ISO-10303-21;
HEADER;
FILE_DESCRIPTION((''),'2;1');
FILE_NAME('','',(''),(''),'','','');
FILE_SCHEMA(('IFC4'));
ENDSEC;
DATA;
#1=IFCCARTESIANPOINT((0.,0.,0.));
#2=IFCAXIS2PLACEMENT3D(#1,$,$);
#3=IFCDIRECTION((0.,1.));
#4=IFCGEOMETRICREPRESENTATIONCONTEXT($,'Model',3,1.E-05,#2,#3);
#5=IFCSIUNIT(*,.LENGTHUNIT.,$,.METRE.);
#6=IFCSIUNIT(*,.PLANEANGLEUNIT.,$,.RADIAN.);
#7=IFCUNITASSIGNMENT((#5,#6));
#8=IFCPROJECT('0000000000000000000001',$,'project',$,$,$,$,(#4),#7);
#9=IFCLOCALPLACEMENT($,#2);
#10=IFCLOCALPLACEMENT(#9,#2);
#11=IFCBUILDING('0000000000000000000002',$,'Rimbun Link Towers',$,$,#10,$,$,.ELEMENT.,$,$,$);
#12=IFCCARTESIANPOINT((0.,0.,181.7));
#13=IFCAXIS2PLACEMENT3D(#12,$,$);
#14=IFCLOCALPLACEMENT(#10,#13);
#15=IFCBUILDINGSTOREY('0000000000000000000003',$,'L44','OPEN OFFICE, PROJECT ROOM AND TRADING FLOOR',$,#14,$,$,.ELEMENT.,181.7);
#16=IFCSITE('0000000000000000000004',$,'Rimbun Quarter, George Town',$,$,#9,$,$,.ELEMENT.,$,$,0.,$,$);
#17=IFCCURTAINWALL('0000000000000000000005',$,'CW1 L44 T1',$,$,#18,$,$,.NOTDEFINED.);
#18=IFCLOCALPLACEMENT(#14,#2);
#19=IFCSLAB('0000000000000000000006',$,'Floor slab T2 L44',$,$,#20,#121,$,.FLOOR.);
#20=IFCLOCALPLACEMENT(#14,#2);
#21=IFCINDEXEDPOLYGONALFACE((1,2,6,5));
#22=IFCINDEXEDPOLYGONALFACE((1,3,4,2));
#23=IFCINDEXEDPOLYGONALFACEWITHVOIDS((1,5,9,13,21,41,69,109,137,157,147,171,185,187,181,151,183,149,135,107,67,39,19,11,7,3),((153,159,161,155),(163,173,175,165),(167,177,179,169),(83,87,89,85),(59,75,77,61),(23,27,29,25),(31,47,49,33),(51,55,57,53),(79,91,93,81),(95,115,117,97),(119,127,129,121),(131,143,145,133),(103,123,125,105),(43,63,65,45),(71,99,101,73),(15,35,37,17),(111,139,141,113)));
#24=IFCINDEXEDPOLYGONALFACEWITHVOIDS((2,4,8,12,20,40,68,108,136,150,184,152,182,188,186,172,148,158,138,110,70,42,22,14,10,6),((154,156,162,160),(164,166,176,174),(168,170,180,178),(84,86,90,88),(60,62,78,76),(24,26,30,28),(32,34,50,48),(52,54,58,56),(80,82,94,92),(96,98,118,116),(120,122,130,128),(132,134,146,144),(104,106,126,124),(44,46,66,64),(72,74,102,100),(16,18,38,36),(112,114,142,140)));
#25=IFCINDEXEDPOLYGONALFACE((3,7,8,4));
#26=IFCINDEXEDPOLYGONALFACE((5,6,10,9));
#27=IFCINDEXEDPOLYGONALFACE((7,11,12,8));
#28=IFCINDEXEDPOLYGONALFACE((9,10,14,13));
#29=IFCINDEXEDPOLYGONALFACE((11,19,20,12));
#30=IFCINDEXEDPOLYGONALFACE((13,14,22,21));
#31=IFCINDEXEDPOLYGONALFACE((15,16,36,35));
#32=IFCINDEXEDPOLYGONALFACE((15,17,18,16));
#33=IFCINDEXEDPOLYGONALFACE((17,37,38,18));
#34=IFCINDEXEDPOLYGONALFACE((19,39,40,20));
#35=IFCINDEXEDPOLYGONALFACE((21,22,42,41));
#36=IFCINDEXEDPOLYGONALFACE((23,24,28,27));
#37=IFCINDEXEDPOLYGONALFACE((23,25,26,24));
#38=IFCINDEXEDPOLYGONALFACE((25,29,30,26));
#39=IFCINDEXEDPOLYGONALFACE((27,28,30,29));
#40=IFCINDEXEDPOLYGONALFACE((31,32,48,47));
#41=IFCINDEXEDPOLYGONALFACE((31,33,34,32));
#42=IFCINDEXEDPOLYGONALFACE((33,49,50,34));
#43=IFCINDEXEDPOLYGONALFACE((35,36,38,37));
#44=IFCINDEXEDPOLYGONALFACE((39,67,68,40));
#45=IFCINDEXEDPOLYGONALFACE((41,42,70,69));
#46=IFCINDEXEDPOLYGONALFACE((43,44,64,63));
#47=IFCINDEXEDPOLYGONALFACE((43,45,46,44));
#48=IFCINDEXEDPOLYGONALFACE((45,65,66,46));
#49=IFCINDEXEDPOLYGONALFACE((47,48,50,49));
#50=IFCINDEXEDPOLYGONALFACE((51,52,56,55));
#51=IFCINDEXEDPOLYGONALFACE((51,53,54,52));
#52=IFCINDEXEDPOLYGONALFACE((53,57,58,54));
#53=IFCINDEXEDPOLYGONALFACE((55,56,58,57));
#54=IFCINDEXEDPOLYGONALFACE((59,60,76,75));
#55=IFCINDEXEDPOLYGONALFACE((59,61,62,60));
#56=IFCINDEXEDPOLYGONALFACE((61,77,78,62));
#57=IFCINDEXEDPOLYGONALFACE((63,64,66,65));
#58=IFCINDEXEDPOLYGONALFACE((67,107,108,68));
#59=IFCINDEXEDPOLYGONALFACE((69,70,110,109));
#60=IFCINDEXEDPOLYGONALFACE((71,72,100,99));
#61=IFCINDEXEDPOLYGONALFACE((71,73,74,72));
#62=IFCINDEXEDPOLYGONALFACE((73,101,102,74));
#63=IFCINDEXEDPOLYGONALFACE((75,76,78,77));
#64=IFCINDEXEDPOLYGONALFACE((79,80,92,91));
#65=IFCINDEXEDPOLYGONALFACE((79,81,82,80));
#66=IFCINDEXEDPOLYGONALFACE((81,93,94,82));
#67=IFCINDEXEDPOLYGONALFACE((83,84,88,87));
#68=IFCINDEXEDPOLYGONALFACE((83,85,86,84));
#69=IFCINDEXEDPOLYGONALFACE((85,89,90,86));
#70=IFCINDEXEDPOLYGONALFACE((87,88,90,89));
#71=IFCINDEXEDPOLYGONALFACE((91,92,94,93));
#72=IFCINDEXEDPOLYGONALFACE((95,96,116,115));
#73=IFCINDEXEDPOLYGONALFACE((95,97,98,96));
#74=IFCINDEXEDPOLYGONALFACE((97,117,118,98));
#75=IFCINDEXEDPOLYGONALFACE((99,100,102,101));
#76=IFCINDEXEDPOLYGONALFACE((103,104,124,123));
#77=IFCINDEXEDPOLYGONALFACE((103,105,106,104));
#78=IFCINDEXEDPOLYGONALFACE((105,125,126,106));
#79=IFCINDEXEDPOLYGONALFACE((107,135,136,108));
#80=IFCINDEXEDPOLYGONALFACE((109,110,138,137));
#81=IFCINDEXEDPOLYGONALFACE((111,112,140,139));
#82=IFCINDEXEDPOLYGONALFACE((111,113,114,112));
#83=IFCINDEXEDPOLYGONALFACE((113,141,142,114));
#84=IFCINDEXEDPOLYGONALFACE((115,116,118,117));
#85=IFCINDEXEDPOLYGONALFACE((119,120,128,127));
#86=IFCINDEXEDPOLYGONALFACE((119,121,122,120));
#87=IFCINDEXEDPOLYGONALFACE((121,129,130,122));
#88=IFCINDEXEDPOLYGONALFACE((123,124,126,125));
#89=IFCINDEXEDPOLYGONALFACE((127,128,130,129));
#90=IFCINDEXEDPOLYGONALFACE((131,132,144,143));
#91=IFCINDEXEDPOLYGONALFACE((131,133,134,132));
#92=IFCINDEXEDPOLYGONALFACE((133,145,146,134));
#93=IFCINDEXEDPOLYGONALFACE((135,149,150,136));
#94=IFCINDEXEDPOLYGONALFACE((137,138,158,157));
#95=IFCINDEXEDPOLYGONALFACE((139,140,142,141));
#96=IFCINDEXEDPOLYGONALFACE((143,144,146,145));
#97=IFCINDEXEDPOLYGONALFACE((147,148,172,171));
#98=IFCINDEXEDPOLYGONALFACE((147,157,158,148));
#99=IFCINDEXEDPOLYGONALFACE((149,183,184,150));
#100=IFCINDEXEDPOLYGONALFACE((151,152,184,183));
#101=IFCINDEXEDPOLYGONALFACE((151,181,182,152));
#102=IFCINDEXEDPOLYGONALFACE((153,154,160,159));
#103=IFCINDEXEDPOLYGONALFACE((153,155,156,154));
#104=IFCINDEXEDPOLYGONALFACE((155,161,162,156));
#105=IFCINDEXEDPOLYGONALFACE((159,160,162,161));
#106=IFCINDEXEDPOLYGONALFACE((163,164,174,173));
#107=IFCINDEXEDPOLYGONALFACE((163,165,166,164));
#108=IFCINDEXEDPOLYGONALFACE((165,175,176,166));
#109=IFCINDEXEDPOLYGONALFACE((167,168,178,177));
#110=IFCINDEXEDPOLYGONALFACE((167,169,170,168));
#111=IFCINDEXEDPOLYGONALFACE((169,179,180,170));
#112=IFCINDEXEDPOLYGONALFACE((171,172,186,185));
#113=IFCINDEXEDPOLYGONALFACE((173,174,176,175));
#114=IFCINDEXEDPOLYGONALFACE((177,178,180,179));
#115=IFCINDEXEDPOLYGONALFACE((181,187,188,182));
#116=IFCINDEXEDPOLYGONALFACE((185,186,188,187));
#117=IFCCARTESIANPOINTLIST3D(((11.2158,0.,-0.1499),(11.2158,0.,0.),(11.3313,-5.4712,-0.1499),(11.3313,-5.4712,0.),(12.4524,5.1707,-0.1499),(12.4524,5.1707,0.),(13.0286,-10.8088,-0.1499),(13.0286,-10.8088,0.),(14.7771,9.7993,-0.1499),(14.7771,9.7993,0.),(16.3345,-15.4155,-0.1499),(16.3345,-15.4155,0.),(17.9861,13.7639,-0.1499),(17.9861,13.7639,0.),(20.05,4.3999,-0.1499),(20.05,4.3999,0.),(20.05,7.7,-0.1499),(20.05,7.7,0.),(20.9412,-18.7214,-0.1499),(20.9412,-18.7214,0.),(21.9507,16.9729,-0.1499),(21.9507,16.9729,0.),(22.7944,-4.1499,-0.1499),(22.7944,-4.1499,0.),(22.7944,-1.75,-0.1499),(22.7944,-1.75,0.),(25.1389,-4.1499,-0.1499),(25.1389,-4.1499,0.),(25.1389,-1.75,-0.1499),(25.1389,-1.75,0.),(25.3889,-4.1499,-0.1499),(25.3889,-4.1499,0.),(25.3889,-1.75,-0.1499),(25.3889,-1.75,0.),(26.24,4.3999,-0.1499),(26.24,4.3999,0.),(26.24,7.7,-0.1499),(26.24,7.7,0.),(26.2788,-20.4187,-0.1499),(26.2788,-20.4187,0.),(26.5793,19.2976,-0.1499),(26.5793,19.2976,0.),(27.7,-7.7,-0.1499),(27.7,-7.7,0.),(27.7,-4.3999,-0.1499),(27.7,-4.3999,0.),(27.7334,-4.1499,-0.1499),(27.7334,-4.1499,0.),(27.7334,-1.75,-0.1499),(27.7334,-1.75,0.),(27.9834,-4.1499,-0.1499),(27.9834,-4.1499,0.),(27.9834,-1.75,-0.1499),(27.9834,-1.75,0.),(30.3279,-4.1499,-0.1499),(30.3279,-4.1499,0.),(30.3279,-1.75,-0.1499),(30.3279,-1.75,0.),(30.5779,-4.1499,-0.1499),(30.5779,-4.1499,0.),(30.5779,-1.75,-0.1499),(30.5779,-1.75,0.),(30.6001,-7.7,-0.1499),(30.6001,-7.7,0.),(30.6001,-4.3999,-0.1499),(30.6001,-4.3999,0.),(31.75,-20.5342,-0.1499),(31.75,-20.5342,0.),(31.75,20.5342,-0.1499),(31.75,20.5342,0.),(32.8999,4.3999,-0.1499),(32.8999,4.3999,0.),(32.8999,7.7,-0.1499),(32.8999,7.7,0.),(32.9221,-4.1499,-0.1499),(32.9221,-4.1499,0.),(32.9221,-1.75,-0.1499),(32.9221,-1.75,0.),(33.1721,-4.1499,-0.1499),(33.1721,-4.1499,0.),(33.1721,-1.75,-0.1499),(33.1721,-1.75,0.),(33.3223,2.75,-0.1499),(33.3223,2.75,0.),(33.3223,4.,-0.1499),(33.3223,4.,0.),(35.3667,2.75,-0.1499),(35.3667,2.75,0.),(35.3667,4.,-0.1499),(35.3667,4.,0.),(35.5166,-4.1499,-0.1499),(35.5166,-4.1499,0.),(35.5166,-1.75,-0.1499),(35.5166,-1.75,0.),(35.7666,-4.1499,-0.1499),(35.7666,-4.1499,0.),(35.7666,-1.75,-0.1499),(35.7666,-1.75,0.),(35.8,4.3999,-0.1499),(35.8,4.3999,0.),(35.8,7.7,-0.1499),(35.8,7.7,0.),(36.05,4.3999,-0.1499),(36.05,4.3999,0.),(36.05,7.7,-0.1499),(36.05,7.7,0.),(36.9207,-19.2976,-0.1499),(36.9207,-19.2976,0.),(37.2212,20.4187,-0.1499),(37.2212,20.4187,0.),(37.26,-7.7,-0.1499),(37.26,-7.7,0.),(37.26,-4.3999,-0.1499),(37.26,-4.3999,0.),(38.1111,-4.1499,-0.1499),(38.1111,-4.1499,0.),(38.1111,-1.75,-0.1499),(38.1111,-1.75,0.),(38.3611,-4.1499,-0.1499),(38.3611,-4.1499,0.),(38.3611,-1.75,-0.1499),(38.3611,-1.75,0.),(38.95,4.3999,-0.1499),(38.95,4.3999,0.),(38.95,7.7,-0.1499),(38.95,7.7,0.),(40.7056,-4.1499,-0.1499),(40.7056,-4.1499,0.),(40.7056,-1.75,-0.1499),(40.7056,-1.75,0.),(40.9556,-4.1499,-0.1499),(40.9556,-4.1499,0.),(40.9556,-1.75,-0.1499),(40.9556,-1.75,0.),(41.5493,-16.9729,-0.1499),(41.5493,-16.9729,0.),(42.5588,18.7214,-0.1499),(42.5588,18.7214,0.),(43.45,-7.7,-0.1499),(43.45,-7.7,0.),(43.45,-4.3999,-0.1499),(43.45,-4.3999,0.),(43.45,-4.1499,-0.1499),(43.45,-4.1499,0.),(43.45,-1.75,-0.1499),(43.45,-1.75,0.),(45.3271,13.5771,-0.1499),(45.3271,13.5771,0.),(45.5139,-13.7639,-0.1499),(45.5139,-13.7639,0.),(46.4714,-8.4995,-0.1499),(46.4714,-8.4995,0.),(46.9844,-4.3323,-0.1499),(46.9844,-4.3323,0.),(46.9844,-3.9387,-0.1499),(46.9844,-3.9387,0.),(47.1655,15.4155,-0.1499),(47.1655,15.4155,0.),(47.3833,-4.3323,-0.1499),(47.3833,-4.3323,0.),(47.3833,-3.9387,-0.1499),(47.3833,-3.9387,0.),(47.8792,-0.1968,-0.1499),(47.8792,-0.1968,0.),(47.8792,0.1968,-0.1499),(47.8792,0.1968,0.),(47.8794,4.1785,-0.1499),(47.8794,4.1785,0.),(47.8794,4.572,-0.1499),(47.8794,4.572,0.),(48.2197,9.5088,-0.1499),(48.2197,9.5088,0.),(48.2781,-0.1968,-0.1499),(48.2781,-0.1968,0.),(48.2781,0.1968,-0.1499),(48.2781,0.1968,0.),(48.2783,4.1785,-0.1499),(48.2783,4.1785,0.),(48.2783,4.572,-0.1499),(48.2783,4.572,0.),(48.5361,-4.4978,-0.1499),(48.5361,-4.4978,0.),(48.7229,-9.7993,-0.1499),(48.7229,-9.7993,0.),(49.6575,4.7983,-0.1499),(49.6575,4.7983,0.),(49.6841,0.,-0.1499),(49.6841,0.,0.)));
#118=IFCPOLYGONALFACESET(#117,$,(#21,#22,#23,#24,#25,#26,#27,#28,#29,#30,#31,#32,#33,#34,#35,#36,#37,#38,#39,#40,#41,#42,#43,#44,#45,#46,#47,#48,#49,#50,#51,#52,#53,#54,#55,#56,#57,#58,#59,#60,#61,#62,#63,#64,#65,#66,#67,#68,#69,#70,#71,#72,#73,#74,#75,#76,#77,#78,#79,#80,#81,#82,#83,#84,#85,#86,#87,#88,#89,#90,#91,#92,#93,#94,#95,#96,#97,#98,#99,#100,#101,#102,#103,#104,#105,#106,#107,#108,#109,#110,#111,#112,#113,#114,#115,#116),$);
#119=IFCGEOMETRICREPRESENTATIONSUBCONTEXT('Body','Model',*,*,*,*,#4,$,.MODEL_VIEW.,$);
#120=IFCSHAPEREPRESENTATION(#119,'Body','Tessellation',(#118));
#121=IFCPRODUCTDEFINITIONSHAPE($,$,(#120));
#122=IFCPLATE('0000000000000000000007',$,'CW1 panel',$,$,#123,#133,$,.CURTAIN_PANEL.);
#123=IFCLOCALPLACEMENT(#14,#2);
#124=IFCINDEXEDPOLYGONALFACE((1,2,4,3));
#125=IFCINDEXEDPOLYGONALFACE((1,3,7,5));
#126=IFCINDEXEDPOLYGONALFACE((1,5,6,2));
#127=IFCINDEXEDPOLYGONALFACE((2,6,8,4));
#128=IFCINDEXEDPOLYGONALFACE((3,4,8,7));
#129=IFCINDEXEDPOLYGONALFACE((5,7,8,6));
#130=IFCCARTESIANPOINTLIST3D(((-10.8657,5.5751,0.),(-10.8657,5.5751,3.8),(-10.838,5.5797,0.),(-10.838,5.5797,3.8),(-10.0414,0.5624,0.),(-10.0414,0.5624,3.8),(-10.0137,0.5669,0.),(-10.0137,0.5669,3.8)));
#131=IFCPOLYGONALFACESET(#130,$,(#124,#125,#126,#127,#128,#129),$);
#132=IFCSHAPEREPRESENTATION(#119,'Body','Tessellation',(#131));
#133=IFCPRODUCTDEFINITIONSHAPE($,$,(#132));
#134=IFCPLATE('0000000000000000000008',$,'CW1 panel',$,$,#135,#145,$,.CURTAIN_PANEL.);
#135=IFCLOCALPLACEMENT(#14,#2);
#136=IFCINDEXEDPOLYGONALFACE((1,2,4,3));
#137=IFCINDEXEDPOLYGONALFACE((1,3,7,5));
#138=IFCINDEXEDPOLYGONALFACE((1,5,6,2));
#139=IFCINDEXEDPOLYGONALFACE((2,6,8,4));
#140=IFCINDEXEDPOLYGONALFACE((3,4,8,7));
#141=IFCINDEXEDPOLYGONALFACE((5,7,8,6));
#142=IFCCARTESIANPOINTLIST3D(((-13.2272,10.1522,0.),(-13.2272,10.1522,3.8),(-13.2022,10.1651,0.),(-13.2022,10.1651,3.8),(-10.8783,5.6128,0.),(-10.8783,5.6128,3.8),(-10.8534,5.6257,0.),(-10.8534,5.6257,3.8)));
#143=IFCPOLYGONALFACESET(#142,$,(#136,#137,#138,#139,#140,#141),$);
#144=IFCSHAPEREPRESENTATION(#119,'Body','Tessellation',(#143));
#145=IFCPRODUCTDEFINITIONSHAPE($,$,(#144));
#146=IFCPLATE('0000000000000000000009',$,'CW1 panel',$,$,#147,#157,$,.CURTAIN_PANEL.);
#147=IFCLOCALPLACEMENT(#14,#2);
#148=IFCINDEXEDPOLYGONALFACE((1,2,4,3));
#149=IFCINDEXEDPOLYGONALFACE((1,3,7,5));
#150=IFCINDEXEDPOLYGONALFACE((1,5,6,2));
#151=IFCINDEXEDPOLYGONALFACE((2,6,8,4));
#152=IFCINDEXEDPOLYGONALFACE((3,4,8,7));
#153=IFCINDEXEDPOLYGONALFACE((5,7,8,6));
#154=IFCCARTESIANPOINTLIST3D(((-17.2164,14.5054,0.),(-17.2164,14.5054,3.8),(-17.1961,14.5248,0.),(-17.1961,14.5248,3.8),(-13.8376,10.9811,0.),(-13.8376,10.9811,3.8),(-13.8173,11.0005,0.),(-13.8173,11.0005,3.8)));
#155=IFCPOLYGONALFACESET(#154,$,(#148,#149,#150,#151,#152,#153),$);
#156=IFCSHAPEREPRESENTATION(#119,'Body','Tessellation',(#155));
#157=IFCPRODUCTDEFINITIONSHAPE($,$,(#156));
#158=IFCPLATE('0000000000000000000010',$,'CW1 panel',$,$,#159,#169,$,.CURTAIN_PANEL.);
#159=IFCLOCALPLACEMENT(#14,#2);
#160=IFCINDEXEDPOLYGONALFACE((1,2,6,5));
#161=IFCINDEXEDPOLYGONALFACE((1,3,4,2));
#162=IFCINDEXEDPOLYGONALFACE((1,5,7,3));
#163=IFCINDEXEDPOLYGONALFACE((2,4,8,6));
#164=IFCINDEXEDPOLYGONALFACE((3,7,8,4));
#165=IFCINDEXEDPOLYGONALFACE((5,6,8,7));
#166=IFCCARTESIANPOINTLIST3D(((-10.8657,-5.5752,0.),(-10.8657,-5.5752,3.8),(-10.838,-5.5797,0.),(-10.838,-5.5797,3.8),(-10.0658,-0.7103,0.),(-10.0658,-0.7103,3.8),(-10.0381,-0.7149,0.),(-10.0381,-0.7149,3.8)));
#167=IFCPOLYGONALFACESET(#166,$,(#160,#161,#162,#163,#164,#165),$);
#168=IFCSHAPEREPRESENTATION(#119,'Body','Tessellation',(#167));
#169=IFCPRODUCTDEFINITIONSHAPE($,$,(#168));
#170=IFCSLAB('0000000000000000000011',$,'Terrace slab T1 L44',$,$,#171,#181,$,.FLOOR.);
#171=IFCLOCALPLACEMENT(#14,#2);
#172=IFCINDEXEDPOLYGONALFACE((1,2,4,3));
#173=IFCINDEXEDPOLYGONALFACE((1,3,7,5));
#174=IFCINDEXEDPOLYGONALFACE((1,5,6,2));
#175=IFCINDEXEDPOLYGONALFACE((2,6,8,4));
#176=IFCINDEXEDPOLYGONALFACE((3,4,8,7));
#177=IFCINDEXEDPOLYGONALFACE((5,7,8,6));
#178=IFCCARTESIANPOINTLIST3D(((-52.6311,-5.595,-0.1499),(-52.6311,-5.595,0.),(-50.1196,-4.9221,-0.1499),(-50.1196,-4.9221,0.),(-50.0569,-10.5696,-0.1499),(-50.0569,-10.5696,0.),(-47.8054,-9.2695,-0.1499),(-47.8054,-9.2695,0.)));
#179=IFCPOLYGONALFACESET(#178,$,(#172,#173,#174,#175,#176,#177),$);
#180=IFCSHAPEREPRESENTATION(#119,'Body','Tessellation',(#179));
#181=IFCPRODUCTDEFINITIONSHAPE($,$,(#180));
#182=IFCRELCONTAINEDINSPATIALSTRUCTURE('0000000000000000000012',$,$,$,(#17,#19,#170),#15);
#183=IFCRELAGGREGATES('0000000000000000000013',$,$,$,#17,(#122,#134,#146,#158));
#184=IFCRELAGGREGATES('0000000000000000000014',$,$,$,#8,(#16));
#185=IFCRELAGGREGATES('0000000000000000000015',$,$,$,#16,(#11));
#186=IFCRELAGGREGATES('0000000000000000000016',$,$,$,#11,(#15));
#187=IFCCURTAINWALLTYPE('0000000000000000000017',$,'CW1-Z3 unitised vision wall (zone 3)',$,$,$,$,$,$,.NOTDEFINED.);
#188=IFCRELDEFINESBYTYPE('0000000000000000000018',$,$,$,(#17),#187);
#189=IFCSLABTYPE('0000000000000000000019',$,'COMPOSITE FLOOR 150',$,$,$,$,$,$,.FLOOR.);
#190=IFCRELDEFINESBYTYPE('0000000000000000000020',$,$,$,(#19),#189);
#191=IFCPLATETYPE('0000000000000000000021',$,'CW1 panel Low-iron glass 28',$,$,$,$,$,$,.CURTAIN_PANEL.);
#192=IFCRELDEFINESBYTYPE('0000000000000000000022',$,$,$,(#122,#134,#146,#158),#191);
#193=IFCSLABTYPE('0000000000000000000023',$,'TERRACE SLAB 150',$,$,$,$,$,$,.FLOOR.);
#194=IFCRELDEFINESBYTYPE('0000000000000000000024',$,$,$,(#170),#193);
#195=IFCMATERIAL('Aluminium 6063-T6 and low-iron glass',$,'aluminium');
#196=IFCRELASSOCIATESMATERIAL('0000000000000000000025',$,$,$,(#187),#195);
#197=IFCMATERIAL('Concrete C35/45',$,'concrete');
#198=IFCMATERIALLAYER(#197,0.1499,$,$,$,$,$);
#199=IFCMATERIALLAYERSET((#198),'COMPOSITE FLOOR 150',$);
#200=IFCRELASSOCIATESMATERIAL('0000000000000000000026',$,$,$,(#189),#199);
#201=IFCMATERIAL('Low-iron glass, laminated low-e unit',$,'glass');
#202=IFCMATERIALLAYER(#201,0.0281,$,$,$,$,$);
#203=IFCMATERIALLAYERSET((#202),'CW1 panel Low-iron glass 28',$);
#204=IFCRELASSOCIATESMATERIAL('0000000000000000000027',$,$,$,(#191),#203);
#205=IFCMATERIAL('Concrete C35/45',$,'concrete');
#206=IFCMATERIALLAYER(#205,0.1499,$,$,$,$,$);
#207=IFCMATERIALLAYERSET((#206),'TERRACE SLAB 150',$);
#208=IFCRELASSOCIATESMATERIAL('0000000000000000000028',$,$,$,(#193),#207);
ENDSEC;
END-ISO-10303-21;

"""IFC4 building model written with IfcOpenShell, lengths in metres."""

from ifc_helpers import new_model, si_unit, direction, frame, origin, origin_2d, place, context, subcontext, project, spatial, polyline, rectangle, outline, extrude, material, layer, layer_set, type_object, element, aggregate, save


model = new_model("IFC4")

# Units and contexts
model_context = context("Model", 3, precision=1e-05, world=origin(), true_north=direction((0.0, 1.0)))
body_context = subcontext(model_context, "Body", "Model", "MODEL_VIEW")
ifc_project = project(units=[si_unit("LENGTHUNIT", "METRE"), si_unit("PLANEANGLEUNIT", "RADIAN")], contexts=[model_context])

# Site, building, storey
site_placement = place(None, origin())
site = spatial("IfcSite", under=ifc_project, at=site_placement, Name="Rimbun Quarter, George Town", CompositionType="ELEMENT", RefElevation=0.0)
building_placement = place(site_placement, origin())
building = spatial("IfcBuilding", under=site, at=building_placement, Name="Rimbun Link Towers", CompositionType="ELEMENT")
storey_placement = place(building_placement, frame((0.0, 0.0, 181.7)))
storey = spatial("IfcBuildingStorey", under=building, at=storey_placement, Name="L44", Description="OPEN OFFICE, PROJECT ROOM AND TRADING FLOOR", CompositionType="ELEMENT", Elevation=181.7)

# Curtain wall
ifc_material_1 = material(Name="Aluminium 6063-T6 and low-iron glass", Category="aluminium")
curtain_wall_type = type_object("IfcCurtainWallType", Name="CW1-Z3 unitised vision wall (zone 3)", PredefinedType="NOTDEFINED", material=ifc_material_1)
curtain_wall_placement = place(storey_placement, origin())
curtain_wall = element("IfcCurtainWall", 1, at=curtain_wall_placement, inside=storey, type_object=curtain_wall_type, Name="CW1 L44 T1", PredefinedType="NOTDEFINED")

# Slab
ifc_material_2 = material(Name="Concrete C35/45", Category="concrete")
ifc_layer_1 = layer(ifc_material_2, 0.1499)
ifc_layer_set_1 = layer_set([ifc_layer_1], Name="COMPOSITE FLOOR 150")
slab_type_1 = type_object("IfcSlabType", Name="COMPOSITE FLOOR 150", PredefinedType="FLOOR", material=ifc_layer_set_1)
slab_1_placement = place(storey_placement, frame((0.0, 0.0, -0.1499)))
element("IfcSlab", 2, at=slab_1_placement, inside=storey, type_object=slab_type_1, Name="Floor slab T2 L44", PredefinedType="FLOOR", context=body_context, shape_type="SweptSolid", body=[
    extrude(outline(polyline([(45.5139, -13.7639), (41.5493, -16.9729), (36.9207, -19.2976), (31.75, -20.5342), (26.2788, -20.4187), (20.9412, -18.7214), (16.3345, -15.4155), (13.0286, -10.8088), (11.3313, -5.4712), (11.2158, 0.0), (12.4524, 5.1707), (14.7771, 9.7993), (17.9861, 13.7639), (21.9507, 16.9729), (26.5793, 19.2976), (31.75, 20.5342), (37.2212, 20.4187), (42.5588, 18.7214), (47.1655, 15.4155), (45.3271, 13.5771), (48.2197, 9.5088), (49.6575, 4.7983), (49.6841, 0.0), (48.5361, -4.4978), (46.4714, -8.4995), (48.7229, -9.7993), (45.5139, -13.7639)]), holes=[polyline([(30.6001, -7.7), (30.6001, -4.3999), (27.7, -4.3999), (27.7, -7.7), (30.6001, -7.7)]), polyline([(25.1389, -4.1499), (25.1389, -1.75), (22.7944, -1.75), (22.7944, -4.1499), (25.1389, -4.1499)]), polyline([(27.7334, -4.1499), (27.7334, -1.75), (25.3889, -1.75), (25.3889, -4.1499), (27.7334, -4.1499)]), polyline([(30.3279, -4.1499), (30.3279, -1.75), (27.9834, -1.75), (27.9834, -4.1499), (30.3279, -4.1499)]), polyline([(32.9221, -4.1499), (32.9221, -1.75), (30.5779, -1.75), (30.5779, -4.1499), (32.9221, -4.1499)]), polyline([(35.5166, -4.1499), (35.5166, -1.75), (33.1721, -1.75), (33.1721, -4.1499), (35.5166, -4.1499)]), polyline([(33.3223, 2.75), (35.3667, 2.75), (35.3667, 4.0), (33.3223, 4.0), (33.3223, 2.75)]), polyline([(26.24, 4.3999), (26.24, 7.7), (20.05, 7.7), (20.05, 4.3999), (26.24, 4.3999)]), polyline([(35.8, 4.3999), (35.8, 7.7), (32.8999, 7.7), (32.8999, 4.3999), (35.8, 4.3999)]), polyline([(43.45, -7.7), (43.45, -4.3999), (37.26, -4.3999), (37.26, -7.7), (43.45, -7.7)]), polyline([(47.3833, -4.3323), (47.3833, -3.9387), (46.9844, -3.9387), (46.9844, -4.3323), (47.3833, -4.3323)]), polyline([(38.1111, -4.1499), (38.1111, -1.75), (35.7666, -1.75), (35.7666, -4.1499), (38.1111, -4.1499)]), polyline([(40.7056, -4.1499), (40.7056, -1.75), (38.3611, -1.75), (38.3611, -4.1499), (40.7056, -4.1499)]), polyline([(43.45, -4.1499), (43.45, -1.75), (40.9556, -1.75), (40.9556, -4.1499), (43.45, -4.1499)]), polyline([(48.2781, -0.1968), (48.2781, 0.1968), (47.8792, 0.1968), (47.8792, -0.1968), (48.2781, -0.1968)]), polyline([(47.8794, 4.1785), (48.2783, 4.1785), (48.2783, 4.572), (47.8794, 4.572), (47.8794, 4.1785)]), polyline([(36.05, 4.3999), (38.95, 4.3999), (38.95, 7.7), (36.05, 7.7), (36.05, 4.3999)])]), origin(), (0.0, 0.0, 1.0), 0.1499),
])

# Plates
ifc_material_3 = material(Name="Low-iron glass, laminated low-e unit", Category="glass")
ifc_layer_2 = layer(ifc_material_3, 0.0281)
ifc_layer_set_2 = layer_set([ifc_layer_2], Name="CW1 panel Low-iron glass 28")
plate_type = type_object("IfcPlateType", Name="CW1 panel Low-iron glass 28", PredefinedType="CURTAIN_PANEL", material=ifc_layer_set_2)
plate_1_placement = place(storey_placement, frame((-10.4397, 3.071, 0.0), z_axis=(0.0, 0.0, 1.0), x_axis=(0.162254, -0.986749, 0.0)))
plate_1 = element("IfcPlate", 3, at=plate_1_placement, type_object=plate_type, Name="CW1 panel", PredefinedType="CURTAIN_PANEL", context=body_context, shape_type="SweptSolid", body=[
    extrude(rectangle(XDim=5.0801, YDim=0.0281, at=origin_2d()), origin(), (0.0, 0.0, 1.0), 3.8),
])
plate_2_placement = place(storey_placement, frame((-12.0403, 7.8889, 0.0), z_axis=(0.0, 0.0, 1.0), x_axis=(0.459554, -0.88815, 0.0)))
plate_2 = element("IfcPlate", 4, at=plate_2_placement, type_object=plate_type, Name="CW1 panel", PredefinedType="CURTAIN_PANEL", context=body_context, shape_type="SweptSolid", body=[
    extrude(rectangle(XDim=5.1111, YDim=0.0281, at=origin_2d()), origin(), (0.0, 0.0, 1.0), 3.8),
])
plate_3_placement = place(storey_placement, frame((-15.5168, 12.7529, 0.0), z_axis=(0.0, 0.0, 1.0), x_axis=(0.692057, -0.721843, 0.0)))
plate_3 = element("IfcPlate", 5, at=plate_3_placement, type_object=plate_type, Name="CW1 panel", PredefinedType="CURTAIN_PANEL", context=body_context, shape_type="SweptSolid", body=[
    extrude(rectangle(XDim=4.8823, YDim=0.0281, at=origin_2d()), origin(), (0.0, 0.0, 1.0), 3.8),
])
plate_4_placement = place(storey_placement, frame((-10.4519, -3.145, 0.0), z_axis=(0.0, 0.0, 1.0), x_axis=(-0.162254, -0.986749, 0.0)))
plate_4 = element("IfcPlate", 6, at=plate_4_placement, type_object=plate_type, Name="CW1 panel", PredefinedType="CURTAIN_PANEL", context=body_context, shape_type="SweptSolid", body=[
    extrude(rectangle(XDim=4.9302, YDim=0.0281, at=origin_2d()), origin(), (0.0, 0.0, 1.0), 3.8),
])
aggregate(curtain_wall, [plate_1, plate_2, plate_3, plate_4])

# Slab
ifc_material_4 = material(Name="Concrete C35/45", Category="concrete")
ifc_layer_3 = layer(ifc_material_4, 0.1499)
ifc_layer_set_3 = layer_set([ifc_layer_3], Name="TERRACE SLAB 150")
slab_type_2 = type_object("IfcSlabType", Name="TERRACE SLAB 150", PredefinedType="FLOOR", material=ifc_layer_set_3)
slab_2_placement = place(storey_placement, frame((0.0, 0.0, -0.1499)))
element("IfcSlab", 7, at=slab_2_placement, inside=storey, type_object=slab_type_2, Name="Terrace slab T1 L44", PredefinedType="FLOOR", context=body_context, shape_type="SweptSolid", body=[
    extrude(outline(polyline([(-50.1196, -4.9221), (-47.8054, -9.2695), (-50.0569, -10.5696), (-52.6311, -5.595), (-50.1196, -4.9221)])), origin(), (0.0, 0.0, 1.0), 0.1499),
])

save(model, "model.ifc")
